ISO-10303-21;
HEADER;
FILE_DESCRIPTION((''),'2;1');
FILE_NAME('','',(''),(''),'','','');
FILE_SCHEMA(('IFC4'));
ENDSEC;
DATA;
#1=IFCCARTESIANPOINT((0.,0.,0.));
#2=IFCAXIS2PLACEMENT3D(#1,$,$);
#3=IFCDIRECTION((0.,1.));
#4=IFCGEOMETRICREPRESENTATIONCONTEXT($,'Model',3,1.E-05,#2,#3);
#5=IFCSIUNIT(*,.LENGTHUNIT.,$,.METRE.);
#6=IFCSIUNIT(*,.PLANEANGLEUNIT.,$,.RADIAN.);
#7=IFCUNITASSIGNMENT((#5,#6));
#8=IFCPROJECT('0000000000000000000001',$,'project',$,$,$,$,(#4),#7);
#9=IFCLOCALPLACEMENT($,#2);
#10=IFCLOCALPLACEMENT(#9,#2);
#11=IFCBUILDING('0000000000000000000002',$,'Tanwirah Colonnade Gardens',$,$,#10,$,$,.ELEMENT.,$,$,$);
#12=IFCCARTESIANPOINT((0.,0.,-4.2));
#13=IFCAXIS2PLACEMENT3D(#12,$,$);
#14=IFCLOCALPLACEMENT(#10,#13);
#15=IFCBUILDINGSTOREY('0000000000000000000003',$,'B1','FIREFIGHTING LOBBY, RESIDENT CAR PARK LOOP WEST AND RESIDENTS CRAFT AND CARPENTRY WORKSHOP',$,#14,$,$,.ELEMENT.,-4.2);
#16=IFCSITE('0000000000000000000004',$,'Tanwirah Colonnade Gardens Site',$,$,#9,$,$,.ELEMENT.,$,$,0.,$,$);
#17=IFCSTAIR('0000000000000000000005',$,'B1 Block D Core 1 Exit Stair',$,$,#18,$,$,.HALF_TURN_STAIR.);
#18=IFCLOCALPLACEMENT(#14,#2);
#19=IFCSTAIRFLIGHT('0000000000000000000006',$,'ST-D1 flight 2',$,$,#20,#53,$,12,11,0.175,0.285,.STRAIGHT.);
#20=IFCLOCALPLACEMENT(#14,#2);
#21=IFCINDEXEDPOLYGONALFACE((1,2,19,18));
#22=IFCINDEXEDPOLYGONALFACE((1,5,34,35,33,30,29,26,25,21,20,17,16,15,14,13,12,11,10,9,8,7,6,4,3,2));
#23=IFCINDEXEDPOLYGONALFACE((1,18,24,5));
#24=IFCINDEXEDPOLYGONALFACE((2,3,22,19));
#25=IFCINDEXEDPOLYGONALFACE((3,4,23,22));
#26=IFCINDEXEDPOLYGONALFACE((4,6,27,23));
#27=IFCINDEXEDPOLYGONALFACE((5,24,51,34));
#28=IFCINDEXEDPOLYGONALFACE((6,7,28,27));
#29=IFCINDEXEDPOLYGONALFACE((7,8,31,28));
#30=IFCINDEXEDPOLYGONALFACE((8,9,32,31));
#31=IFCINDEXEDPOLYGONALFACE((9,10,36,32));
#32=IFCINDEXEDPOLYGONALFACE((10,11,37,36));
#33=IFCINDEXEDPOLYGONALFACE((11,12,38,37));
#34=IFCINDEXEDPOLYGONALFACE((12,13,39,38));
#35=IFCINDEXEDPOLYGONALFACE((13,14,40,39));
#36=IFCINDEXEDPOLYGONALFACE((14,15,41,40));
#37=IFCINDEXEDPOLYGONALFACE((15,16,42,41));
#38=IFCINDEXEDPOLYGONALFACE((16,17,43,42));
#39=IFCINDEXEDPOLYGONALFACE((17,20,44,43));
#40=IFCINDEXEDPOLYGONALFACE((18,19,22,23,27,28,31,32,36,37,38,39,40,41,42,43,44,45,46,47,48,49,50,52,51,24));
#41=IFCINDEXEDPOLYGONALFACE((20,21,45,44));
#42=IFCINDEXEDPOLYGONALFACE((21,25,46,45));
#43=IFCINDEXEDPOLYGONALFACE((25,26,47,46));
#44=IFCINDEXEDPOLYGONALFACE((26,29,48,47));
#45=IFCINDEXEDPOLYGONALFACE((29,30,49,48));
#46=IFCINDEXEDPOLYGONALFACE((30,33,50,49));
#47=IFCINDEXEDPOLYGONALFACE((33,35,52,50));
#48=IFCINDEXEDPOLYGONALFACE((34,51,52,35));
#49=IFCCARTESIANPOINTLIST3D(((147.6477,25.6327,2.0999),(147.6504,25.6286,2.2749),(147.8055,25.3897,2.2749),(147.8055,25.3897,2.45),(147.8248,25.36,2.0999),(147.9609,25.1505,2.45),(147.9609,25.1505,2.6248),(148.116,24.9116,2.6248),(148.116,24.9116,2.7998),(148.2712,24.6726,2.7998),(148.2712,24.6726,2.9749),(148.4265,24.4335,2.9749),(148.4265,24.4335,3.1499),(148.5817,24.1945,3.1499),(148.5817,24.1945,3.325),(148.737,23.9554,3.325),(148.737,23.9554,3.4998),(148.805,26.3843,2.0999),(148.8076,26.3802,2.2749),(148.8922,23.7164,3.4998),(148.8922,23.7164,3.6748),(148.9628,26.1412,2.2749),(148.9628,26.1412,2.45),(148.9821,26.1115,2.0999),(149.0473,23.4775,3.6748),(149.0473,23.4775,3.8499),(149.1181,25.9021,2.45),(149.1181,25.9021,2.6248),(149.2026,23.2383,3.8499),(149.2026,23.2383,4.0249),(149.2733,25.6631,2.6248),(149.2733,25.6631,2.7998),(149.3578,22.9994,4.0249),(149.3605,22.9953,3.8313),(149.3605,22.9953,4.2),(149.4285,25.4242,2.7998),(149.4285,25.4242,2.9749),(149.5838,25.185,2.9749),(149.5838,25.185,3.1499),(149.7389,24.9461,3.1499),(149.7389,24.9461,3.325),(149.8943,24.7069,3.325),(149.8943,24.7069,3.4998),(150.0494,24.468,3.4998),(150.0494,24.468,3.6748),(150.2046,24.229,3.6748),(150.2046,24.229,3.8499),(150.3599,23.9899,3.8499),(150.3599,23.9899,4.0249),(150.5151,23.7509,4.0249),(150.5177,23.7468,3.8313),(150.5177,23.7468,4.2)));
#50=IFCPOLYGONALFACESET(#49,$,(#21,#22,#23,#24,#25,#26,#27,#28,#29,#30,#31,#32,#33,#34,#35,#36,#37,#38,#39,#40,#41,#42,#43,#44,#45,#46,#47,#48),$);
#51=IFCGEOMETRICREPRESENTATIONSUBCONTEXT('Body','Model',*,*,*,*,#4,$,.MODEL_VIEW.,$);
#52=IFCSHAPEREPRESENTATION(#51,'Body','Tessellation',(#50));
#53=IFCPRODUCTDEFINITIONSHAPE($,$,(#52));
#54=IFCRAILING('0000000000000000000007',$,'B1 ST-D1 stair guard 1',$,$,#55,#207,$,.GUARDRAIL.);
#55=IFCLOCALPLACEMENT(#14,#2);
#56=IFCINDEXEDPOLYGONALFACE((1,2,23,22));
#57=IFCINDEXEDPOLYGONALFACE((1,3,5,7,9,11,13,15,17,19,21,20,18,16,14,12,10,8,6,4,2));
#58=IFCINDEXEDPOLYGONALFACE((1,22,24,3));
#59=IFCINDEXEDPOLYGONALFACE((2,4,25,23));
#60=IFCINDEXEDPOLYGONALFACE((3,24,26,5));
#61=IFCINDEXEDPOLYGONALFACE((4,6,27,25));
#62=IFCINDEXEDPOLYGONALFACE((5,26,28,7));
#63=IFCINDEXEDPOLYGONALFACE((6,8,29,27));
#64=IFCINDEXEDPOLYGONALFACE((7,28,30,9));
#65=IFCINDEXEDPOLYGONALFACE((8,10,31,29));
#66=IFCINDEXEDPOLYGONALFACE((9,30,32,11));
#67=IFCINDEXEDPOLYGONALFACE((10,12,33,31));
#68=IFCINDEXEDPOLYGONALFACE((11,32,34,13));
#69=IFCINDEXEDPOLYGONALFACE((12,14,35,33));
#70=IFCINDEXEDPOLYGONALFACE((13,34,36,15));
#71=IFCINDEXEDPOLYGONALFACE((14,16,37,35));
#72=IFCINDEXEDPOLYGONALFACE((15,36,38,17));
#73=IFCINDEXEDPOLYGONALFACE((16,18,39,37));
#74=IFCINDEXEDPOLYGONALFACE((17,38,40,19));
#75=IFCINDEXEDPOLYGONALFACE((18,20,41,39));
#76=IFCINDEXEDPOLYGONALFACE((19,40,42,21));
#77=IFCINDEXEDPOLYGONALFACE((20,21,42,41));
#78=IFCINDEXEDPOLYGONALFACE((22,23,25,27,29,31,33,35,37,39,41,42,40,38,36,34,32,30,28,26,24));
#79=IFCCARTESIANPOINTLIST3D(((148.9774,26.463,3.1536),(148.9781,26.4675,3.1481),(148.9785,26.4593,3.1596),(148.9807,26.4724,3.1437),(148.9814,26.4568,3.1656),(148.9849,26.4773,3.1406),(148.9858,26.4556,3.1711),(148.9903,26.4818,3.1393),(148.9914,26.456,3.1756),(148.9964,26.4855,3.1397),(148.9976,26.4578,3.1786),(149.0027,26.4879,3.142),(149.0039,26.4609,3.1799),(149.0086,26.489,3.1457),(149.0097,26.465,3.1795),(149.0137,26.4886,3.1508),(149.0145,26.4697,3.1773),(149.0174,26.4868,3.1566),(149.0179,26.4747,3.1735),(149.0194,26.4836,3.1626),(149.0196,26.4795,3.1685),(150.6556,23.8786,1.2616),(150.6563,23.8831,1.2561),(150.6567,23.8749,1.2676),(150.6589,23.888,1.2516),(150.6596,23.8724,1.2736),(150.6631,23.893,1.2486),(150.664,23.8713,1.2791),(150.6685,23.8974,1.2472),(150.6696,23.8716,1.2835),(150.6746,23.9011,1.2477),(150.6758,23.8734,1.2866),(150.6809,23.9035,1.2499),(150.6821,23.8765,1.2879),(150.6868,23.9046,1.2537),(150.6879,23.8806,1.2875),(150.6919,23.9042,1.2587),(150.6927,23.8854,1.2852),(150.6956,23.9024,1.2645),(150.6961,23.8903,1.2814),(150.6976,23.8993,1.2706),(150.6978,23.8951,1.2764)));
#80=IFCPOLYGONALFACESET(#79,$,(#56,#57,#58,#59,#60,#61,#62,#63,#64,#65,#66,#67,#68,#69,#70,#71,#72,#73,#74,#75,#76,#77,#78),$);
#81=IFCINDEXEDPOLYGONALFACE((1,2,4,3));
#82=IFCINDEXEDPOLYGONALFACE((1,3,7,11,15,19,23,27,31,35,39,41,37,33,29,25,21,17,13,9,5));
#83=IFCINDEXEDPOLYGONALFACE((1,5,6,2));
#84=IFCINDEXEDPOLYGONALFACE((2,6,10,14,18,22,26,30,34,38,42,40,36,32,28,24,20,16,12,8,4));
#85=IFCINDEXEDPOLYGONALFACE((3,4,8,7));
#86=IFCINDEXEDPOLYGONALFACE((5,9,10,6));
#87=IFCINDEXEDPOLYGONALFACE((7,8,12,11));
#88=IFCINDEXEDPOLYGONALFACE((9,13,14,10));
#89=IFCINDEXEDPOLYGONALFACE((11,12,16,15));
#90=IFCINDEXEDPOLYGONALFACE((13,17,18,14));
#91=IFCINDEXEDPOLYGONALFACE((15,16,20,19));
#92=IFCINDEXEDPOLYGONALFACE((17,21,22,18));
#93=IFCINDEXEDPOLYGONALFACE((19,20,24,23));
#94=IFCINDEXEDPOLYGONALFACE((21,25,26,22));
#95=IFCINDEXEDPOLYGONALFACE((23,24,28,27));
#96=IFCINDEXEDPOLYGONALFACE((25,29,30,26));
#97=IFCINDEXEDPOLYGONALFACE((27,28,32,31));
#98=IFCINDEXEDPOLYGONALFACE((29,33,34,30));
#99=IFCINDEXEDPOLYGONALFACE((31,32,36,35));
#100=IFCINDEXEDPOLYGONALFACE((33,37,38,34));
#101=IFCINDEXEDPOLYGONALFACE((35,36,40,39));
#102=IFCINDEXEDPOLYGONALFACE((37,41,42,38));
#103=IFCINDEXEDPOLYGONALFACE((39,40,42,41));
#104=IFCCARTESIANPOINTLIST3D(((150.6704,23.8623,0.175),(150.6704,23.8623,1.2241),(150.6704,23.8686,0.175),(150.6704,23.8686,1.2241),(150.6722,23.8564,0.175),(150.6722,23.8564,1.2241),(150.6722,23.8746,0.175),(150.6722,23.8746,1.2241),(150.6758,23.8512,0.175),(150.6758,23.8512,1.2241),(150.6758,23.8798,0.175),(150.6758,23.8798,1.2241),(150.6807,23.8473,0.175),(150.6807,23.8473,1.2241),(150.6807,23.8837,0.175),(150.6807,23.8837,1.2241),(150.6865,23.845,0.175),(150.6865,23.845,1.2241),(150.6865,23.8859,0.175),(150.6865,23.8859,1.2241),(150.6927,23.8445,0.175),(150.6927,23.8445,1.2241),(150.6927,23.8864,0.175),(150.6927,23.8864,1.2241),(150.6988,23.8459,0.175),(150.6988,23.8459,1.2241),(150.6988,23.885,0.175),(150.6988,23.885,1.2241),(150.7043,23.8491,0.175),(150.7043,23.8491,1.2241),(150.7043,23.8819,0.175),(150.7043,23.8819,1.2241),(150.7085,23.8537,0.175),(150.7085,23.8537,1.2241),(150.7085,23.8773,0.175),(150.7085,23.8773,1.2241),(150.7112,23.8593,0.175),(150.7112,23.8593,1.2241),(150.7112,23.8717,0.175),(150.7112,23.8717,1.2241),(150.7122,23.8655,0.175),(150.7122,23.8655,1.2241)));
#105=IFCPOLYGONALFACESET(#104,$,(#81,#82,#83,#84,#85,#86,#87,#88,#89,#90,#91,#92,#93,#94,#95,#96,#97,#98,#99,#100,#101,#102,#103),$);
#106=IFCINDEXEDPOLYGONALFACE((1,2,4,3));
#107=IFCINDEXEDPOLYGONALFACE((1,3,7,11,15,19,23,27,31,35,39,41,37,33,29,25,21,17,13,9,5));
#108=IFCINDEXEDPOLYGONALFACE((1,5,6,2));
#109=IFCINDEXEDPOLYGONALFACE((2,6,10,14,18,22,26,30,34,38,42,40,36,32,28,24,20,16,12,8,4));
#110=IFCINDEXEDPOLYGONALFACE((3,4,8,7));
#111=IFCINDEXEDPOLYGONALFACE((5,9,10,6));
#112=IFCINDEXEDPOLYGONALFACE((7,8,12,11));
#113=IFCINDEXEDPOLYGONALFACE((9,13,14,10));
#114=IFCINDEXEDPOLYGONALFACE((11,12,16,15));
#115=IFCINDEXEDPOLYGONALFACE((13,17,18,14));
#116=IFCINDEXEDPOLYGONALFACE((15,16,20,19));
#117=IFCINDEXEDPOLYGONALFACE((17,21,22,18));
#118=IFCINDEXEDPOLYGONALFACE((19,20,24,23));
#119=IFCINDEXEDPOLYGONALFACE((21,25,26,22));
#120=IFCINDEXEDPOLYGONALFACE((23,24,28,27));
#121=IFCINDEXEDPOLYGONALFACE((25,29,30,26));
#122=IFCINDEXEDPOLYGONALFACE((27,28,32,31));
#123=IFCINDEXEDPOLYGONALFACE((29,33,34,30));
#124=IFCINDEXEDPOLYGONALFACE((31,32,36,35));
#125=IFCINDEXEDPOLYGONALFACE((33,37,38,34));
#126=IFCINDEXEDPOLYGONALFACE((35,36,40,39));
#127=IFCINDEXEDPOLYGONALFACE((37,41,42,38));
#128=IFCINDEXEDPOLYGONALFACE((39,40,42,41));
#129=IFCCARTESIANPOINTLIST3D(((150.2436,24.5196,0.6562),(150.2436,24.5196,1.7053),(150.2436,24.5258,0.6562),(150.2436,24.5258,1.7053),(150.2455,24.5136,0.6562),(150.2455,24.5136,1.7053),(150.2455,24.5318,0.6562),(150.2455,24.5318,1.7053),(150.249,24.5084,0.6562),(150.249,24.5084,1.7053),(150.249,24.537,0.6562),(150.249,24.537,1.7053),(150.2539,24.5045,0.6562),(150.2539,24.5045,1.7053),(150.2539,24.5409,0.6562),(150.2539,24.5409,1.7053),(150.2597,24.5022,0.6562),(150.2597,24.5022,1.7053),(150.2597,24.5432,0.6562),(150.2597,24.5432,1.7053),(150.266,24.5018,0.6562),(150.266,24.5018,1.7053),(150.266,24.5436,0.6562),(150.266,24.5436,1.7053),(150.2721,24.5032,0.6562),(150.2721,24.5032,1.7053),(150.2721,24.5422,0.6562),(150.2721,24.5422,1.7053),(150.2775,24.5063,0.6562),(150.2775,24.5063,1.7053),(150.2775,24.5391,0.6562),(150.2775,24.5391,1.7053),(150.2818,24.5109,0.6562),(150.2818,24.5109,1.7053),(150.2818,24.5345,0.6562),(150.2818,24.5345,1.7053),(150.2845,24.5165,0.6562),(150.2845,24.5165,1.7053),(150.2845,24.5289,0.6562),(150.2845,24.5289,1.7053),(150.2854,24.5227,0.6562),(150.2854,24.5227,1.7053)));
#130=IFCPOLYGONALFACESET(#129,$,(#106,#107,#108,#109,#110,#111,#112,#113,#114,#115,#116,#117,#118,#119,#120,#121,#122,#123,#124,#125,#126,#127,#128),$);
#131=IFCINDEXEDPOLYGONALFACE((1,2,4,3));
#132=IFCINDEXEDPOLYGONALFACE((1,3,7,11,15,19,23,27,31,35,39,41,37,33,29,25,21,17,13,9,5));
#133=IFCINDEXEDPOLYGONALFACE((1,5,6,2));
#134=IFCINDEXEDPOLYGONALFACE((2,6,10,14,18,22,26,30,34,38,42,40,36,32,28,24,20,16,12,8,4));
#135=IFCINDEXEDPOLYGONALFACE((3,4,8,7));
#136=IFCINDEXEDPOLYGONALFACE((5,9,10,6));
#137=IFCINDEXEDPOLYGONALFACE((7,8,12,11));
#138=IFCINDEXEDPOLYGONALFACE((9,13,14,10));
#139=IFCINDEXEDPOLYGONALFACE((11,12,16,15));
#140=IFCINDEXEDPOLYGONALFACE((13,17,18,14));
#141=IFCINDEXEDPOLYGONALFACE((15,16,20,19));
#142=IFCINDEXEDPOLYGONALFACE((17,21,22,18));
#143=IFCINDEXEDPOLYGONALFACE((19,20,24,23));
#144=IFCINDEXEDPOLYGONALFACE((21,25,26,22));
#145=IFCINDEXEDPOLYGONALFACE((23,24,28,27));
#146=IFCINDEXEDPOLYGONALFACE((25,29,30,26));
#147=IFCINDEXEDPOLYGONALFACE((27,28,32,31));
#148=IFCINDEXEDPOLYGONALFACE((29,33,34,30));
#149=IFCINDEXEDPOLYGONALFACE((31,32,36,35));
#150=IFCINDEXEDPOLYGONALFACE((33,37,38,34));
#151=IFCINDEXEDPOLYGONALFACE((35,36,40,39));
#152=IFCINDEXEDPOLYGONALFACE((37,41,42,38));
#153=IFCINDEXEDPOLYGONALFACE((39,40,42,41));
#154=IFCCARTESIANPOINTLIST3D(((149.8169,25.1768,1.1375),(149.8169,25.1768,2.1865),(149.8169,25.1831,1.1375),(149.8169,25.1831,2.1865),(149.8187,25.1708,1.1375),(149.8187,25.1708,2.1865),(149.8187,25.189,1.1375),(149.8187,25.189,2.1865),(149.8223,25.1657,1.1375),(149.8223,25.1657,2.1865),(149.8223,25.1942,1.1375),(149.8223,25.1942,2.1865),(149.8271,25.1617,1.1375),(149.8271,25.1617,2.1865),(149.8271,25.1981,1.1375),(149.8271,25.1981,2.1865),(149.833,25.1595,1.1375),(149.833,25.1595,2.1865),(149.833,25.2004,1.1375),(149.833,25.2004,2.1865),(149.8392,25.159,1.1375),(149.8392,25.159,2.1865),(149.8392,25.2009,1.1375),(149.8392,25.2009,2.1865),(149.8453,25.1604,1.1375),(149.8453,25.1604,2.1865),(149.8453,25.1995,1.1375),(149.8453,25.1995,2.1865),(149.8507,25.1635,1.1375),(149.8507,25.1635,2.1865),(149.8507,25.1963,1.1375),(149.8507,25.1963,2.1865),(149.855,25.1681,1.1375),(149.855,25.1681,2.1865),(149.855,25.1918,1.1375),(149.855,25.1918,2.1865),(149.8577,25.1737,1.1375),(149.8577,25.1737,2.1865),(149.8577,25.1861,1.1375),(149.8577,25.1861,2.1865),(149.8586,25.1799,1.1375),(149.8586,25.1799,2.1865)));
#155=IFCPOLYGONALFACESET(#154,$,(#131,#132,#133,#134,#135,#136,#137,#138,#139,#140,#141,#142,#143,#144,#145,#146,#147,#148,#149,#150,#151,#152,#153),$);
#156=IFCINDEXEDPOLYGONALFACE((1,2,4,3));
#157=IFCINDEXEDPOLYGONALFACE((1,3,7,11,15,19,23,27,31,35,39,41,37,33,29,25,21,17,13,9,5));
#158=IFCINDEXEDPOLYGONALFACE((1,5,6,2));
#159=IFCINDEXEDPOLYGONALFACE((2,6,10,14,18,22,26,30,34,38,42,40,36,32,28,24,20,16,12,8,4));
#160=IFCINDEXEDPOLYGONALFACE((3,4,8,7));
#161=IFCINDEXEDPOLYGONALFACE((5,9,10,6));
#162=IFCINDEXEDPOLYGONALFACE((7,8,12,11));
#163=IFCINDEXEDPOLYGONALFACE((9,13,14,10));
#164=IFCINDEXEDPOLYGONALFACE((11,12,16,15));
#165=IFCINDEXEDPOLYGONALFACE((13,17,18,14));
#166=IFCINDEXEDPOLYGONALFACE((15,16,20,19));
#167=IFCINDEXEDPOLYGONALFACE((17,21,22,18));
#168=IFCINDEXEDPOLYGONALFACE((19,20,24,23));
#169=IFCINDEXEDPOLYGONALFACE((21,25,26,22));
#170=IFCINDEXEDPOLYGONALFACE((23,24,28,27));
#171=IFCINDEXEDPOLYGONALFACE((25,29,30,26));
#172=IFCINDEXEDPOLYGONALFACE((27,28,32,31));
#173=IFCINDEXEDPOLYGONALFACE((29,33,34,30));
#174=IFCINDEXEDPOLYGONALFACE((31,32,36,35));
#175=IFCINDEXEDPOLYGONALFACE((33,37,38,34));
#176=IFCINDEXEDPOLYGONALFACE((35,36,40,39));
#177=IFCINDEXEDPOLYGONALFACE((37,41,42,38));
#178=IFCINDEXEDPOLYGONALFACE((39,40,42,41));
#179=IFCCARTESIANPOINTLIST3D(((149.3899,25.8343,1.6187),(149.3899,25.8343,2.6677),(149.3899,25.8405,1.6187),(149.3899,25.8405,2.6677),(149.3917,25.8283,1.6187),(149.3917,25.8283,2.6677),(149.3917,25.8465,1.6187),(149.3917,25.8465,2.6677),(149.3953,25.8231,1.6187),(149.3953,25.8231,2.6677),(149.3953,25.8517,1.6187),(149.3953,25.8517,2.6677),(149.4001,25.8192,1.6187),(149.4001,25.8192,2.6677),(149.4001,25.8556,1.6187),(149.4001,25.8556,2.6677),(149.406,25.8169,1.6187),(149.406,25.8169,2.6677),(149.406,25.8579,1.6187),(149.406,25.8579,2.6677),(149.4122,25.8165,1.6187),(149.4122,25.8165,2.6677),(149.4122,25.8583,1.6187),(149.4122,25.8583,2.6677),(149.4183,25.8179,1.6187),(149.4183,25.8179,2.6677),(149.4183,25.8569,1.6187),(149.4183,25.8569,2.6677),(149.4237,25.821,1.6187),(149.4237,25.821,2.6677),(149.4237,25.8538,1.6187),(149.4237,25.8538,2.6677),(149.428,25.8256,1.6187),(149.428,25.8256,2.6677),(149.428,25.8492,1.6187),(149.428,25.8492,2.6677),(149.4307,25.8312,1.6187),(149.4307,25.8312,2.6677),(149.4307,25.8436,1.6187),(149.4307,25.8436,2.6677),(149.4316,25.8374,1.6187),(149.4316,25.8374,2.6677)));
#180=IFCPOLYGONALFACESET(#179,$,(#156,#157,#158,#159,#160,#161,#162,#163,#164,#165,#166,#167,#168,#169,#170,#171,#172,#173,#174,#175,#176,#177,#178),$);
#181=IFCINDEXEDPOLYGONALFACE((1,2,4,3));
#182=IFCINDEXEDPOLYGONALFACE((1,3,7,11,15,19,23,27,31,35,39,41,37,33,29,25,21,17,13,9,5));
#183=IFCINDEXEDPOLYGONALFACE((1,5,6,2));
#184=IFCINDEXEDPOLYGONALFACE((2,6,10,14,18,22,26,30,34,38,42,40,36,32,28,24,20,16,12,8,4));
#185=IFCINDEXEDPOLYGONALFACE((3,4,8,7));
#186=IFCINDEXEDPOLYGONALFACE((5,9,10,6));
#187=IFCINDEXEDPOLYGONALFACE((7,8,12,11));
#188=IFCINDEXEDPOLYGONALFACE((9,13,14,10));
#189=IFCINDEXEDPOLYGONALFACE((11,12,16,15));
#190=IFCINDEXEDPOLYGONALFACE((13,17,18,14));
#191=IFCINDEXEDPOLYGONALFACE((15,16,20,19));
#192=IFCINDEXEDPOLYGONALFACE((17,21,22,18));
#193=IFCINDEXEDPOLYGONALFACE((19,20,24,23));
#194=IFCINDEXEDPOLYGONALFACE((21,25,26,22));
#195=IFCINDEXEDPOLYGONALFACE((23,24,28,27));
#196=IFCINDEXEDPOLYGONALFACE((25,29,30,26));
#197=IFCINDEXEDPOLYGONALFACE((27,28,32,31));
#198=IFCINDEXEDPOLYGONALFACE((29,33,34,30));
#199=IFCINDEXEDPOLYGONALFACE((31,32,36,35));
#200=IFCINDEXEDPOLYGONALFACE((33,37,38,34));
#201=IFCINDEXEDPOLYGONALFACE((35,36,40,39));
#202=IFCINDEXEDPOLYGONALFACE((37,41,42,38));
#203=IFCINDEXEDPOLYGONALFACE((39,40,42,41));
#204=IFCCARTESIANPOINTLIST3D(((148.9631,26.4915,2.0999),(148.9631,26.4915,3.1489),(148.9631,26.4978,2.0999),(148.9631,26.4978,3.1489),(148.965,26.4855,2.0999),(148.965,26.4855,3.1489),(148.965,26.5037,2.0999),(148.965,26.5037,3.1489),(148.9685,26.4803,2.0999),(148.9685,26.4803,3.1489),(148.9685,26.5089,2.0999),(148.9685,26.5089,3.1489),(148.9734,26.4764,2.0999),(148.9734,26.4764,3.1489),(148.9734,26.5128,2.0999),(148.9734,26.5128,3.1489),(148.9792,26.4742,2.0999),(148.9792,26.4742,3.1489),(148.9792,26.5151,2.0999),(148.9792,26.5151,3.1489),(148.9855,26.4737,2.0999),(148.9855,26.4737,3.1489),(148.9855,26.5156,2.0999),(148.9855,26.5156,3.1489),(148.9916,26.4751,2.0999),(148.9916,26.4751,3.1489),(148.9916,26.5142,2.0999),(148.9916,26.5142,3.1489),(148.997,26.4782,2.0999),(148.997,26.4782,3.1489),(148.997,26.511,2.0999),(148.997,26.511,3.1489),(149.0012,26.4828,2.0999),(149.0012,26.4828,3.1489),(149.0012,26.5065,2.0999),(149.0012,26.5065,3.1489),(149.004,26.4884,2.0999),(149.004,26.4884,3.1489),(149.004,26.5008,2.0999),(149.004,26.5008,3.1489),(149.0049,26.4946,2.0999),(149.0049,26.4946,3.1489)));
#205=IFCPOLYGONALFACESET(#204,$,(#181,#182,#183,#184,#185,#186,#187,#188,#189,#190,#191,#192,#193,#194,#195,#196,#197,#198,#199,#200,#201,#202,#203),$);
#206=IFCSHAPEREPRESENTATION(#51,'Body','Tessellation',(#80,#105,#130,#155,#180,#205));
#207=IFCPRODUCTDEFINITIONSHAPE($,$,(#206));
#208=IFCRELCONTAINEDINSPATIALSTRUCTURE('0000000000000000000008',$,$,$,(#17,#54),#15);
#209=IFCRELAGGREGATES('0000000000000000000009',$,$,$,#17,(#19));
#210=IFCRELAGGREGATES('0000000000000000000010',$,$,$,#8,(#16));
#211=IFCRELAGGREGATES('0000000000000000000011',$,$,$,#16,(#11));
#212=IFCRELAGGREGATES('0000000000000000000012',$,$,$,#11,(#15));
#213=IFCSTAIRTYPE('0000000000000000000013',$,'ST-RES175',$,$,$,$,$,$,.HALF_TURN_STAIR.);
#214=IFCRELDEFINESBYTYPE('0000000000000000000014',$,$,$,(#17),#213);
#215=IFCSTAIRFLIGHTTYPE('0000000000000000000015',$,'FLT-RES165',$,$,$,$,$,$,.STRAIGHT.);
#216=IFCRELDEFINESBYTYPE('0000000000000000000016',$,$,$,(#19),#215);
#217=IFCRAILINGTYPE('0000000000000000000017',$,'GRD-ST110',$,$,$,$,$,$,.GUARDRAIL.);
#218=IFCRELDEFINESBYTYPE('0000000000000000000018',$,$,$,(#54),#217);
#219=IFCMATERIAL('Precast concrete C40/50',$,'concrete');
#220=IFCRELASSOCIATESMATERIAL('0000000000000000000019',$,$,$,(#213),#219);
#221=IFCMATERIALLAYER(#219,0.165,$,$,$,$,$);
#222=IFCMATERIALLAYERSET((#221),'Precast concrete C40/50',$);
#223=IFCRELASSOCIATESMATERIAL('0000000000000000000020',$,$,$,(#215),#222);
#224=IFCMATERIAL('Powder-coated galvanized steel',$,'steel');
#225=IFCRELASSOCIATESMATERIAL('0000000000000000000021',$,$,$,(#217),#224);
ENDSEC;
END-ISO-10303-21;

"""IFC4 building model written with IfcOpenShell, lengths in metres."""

from ifc_helpers import new_model, si_unit, direction, frame, origin, origin_2d, place, context, subcontext, project, spatial, polyline, circle, outline, extrude, material, layer, layer_set, type_object, element, aggregate, save


model = new_model("IFC4")

# Units and contexts
model_context = context("Model", 3, precision=1e-05, world=origin(), true_north=direction((0.0, 1.0)))
body_context = subcontext(model_context, "Body", "Model", "MODEL_VIEW")
ifc_project = project(units=[si_unit("LENGTHUNIT", "METRE"), si_unit("PLANEANGLEUNIT", "RADIAN")], contexts=[model_context])

# Site, building, storey
site_placement = place(None, origin())
site = spatial("IfcSite", under=ifc_project, at=site_placement, Name="Tanwirah Colonnade Gardens Site", CompositionType="ELEMENT", RefElevation=0.0)
building_placement = place(site_placement, origin())
building = spatial("IfcBuilding", under=site, at=building_placement, Name="Tanwirah Colonnade Gardens", CompositionType="ELEMENT")
storey_placement = place(building_placement, frame((0.0, 0.0, -4.2)))
storey = spatial("IfcBuildingStorey", under=building, at=storey_placement, Name="B1", Description="FIREFIGHTING LOBBY, RESIDENT CAR PARK LOOP WEST AND RESIDENTS CRAFT AND CARPENTRY WORKSHOP", CompositionType="ELEMENT", Elevation=-4.2)

# Shared definitions
ifc_material_1 = material(Name="Precast concrete C40/50", Category="concrete")

# Stair, stair flight
stair_type = type_object("IfcStairType", Name="ST-RES175", PredefinedType="HALF_TURN_STAIR", material=ifc_material_1)
stair_placement = place(storey_placement, origin())
stair = element("IfcStair", 1, at=stair_placement, inside=storey, type_object=stair_type, Name="B1 Block D Core 1 Exit Stair", PredefinedType="HALF_TURN_STAIR")
ifc_layer_1 = layer(ifc_material_1, 0.165)
ifc_layer_set_1 = layer_set([ifc_layer_1], Name="Precast concrete C40/50")
stair_flight_type = type_object("IfcStairFlightType", Name="FLT-RES165", PredefinedType="STRAIGHT", material=ifc_layer_set_1)
stair_flight_1_placement = place(storey_placement, frame((148.229, 26.0044, 2.0999), z_axis=(0.0, 0.0, 1.0), x_axis=(0.544639, -0.838671, 0.0)))
stair_flight_1 = element("IfcStairFlight", 2, at=stair_flight_1_placement, type_object=stair_flight_type, Name="ST-D1 flight 2", NumberOfRisers=12, NumberOfTreads=11, PredefinedType="STRAIGHT", RiserHeight=0.175, TreadLength=0.285, context=body_context, shape_type="SweptSolid", body=[
    extrude(outline(polyline([(-0.0049, 0.0), (0.0, 0.175), (0.2849, 0.175), (0.2849, 0.3501), (0.5701, 0.3501), (0.5701, 0.5249), (0.855, 0.5249), (0.855, 0.7), (1.1399, 0.7), (1.1399, 0.875), (1.425, 0.875), (1.425, 1.05), (1.71, 1.05), (1.71, 1.2251), (1.9951, 1.2251), (1.9951, 1.3999), (2.28, 1.3999), (2.28, 1.575), (2.5649, 1.575), (2.5649, 1.75), (2.8501, 1.75), (2.8501, 1.925), (3.135, 1.925), (3.1399, 2.1001), (3.1399, 1.7314), (0.3203, 0.0), (-0.0049, 0.0)])), frame((0.0, 0.6899, 0.0), z_axis=(0.0, -1.0, 0.0), x_axis=(1.0, 0.0, 0.0)), (0.0, 0.0, 1.0), 1.3799),
])
aggregate(stair, [stair_flight_1])

# Railing
ifc_material_2 = material(Name="Powder-coated galvanized steel", Category="steel")
railing_type_1 = type_object("IfcRailingType", Name="GRD-ST110", PredefinedType="GUARDRAIL", material=ifc_material_2)
railing_1_placement = place(storey_placement, frame((150.6912, 23.8655, 0.175)))
element("IfcRailing", 3, at=railing_1_placement, inside=storey, type_object=railing_type_1, Name="B1 ST-D1 stair guard 1", PredefinedType="GUARDRAIL", context=body_context, shape_type="SweptSolid", body=[
    extrude(circle(Radius=0.0239, at=origin_2d()), frame((-0.0144, 0.0225, 1.0925), z_axis=(-0.46411, 0.714715, 0.523244), x_axis=(-0.838687, -0.544613, 0.0)), (0.0, 0.0, 1.0), 3.616),
    extrude(circle(Radius=0.021, at=origin_2d()), origin(), (0.0, 0.0, 1.0), 1.0491),
    extrude(circle(Radius=0.021, at=origin_2d()), frame((-0.4268, 0.6572, 0.4812)), (0.0, 0.0, 1.0), 1.0491),
    extrude(circle(Radius=0.021, at=origin_2d()), frame((-0.8535, 1.3145, 0.9624)), (0.0, 0.0, 1.0), 1.0491),
    extrude(circle(Radius=0.021, at=origin_2d()), frame((-1.2805, 1.9719, 1.4436)), (0.0, 0.0, 1.0), 1.0491),
    extrude(circle(Radius=0.021, at=origin_2d()), frame((-1.7073, 2.6292, 1.9248)), (0.0, 0.0, 1.0), 1.0491),
])

save(model, "model.ifc")
